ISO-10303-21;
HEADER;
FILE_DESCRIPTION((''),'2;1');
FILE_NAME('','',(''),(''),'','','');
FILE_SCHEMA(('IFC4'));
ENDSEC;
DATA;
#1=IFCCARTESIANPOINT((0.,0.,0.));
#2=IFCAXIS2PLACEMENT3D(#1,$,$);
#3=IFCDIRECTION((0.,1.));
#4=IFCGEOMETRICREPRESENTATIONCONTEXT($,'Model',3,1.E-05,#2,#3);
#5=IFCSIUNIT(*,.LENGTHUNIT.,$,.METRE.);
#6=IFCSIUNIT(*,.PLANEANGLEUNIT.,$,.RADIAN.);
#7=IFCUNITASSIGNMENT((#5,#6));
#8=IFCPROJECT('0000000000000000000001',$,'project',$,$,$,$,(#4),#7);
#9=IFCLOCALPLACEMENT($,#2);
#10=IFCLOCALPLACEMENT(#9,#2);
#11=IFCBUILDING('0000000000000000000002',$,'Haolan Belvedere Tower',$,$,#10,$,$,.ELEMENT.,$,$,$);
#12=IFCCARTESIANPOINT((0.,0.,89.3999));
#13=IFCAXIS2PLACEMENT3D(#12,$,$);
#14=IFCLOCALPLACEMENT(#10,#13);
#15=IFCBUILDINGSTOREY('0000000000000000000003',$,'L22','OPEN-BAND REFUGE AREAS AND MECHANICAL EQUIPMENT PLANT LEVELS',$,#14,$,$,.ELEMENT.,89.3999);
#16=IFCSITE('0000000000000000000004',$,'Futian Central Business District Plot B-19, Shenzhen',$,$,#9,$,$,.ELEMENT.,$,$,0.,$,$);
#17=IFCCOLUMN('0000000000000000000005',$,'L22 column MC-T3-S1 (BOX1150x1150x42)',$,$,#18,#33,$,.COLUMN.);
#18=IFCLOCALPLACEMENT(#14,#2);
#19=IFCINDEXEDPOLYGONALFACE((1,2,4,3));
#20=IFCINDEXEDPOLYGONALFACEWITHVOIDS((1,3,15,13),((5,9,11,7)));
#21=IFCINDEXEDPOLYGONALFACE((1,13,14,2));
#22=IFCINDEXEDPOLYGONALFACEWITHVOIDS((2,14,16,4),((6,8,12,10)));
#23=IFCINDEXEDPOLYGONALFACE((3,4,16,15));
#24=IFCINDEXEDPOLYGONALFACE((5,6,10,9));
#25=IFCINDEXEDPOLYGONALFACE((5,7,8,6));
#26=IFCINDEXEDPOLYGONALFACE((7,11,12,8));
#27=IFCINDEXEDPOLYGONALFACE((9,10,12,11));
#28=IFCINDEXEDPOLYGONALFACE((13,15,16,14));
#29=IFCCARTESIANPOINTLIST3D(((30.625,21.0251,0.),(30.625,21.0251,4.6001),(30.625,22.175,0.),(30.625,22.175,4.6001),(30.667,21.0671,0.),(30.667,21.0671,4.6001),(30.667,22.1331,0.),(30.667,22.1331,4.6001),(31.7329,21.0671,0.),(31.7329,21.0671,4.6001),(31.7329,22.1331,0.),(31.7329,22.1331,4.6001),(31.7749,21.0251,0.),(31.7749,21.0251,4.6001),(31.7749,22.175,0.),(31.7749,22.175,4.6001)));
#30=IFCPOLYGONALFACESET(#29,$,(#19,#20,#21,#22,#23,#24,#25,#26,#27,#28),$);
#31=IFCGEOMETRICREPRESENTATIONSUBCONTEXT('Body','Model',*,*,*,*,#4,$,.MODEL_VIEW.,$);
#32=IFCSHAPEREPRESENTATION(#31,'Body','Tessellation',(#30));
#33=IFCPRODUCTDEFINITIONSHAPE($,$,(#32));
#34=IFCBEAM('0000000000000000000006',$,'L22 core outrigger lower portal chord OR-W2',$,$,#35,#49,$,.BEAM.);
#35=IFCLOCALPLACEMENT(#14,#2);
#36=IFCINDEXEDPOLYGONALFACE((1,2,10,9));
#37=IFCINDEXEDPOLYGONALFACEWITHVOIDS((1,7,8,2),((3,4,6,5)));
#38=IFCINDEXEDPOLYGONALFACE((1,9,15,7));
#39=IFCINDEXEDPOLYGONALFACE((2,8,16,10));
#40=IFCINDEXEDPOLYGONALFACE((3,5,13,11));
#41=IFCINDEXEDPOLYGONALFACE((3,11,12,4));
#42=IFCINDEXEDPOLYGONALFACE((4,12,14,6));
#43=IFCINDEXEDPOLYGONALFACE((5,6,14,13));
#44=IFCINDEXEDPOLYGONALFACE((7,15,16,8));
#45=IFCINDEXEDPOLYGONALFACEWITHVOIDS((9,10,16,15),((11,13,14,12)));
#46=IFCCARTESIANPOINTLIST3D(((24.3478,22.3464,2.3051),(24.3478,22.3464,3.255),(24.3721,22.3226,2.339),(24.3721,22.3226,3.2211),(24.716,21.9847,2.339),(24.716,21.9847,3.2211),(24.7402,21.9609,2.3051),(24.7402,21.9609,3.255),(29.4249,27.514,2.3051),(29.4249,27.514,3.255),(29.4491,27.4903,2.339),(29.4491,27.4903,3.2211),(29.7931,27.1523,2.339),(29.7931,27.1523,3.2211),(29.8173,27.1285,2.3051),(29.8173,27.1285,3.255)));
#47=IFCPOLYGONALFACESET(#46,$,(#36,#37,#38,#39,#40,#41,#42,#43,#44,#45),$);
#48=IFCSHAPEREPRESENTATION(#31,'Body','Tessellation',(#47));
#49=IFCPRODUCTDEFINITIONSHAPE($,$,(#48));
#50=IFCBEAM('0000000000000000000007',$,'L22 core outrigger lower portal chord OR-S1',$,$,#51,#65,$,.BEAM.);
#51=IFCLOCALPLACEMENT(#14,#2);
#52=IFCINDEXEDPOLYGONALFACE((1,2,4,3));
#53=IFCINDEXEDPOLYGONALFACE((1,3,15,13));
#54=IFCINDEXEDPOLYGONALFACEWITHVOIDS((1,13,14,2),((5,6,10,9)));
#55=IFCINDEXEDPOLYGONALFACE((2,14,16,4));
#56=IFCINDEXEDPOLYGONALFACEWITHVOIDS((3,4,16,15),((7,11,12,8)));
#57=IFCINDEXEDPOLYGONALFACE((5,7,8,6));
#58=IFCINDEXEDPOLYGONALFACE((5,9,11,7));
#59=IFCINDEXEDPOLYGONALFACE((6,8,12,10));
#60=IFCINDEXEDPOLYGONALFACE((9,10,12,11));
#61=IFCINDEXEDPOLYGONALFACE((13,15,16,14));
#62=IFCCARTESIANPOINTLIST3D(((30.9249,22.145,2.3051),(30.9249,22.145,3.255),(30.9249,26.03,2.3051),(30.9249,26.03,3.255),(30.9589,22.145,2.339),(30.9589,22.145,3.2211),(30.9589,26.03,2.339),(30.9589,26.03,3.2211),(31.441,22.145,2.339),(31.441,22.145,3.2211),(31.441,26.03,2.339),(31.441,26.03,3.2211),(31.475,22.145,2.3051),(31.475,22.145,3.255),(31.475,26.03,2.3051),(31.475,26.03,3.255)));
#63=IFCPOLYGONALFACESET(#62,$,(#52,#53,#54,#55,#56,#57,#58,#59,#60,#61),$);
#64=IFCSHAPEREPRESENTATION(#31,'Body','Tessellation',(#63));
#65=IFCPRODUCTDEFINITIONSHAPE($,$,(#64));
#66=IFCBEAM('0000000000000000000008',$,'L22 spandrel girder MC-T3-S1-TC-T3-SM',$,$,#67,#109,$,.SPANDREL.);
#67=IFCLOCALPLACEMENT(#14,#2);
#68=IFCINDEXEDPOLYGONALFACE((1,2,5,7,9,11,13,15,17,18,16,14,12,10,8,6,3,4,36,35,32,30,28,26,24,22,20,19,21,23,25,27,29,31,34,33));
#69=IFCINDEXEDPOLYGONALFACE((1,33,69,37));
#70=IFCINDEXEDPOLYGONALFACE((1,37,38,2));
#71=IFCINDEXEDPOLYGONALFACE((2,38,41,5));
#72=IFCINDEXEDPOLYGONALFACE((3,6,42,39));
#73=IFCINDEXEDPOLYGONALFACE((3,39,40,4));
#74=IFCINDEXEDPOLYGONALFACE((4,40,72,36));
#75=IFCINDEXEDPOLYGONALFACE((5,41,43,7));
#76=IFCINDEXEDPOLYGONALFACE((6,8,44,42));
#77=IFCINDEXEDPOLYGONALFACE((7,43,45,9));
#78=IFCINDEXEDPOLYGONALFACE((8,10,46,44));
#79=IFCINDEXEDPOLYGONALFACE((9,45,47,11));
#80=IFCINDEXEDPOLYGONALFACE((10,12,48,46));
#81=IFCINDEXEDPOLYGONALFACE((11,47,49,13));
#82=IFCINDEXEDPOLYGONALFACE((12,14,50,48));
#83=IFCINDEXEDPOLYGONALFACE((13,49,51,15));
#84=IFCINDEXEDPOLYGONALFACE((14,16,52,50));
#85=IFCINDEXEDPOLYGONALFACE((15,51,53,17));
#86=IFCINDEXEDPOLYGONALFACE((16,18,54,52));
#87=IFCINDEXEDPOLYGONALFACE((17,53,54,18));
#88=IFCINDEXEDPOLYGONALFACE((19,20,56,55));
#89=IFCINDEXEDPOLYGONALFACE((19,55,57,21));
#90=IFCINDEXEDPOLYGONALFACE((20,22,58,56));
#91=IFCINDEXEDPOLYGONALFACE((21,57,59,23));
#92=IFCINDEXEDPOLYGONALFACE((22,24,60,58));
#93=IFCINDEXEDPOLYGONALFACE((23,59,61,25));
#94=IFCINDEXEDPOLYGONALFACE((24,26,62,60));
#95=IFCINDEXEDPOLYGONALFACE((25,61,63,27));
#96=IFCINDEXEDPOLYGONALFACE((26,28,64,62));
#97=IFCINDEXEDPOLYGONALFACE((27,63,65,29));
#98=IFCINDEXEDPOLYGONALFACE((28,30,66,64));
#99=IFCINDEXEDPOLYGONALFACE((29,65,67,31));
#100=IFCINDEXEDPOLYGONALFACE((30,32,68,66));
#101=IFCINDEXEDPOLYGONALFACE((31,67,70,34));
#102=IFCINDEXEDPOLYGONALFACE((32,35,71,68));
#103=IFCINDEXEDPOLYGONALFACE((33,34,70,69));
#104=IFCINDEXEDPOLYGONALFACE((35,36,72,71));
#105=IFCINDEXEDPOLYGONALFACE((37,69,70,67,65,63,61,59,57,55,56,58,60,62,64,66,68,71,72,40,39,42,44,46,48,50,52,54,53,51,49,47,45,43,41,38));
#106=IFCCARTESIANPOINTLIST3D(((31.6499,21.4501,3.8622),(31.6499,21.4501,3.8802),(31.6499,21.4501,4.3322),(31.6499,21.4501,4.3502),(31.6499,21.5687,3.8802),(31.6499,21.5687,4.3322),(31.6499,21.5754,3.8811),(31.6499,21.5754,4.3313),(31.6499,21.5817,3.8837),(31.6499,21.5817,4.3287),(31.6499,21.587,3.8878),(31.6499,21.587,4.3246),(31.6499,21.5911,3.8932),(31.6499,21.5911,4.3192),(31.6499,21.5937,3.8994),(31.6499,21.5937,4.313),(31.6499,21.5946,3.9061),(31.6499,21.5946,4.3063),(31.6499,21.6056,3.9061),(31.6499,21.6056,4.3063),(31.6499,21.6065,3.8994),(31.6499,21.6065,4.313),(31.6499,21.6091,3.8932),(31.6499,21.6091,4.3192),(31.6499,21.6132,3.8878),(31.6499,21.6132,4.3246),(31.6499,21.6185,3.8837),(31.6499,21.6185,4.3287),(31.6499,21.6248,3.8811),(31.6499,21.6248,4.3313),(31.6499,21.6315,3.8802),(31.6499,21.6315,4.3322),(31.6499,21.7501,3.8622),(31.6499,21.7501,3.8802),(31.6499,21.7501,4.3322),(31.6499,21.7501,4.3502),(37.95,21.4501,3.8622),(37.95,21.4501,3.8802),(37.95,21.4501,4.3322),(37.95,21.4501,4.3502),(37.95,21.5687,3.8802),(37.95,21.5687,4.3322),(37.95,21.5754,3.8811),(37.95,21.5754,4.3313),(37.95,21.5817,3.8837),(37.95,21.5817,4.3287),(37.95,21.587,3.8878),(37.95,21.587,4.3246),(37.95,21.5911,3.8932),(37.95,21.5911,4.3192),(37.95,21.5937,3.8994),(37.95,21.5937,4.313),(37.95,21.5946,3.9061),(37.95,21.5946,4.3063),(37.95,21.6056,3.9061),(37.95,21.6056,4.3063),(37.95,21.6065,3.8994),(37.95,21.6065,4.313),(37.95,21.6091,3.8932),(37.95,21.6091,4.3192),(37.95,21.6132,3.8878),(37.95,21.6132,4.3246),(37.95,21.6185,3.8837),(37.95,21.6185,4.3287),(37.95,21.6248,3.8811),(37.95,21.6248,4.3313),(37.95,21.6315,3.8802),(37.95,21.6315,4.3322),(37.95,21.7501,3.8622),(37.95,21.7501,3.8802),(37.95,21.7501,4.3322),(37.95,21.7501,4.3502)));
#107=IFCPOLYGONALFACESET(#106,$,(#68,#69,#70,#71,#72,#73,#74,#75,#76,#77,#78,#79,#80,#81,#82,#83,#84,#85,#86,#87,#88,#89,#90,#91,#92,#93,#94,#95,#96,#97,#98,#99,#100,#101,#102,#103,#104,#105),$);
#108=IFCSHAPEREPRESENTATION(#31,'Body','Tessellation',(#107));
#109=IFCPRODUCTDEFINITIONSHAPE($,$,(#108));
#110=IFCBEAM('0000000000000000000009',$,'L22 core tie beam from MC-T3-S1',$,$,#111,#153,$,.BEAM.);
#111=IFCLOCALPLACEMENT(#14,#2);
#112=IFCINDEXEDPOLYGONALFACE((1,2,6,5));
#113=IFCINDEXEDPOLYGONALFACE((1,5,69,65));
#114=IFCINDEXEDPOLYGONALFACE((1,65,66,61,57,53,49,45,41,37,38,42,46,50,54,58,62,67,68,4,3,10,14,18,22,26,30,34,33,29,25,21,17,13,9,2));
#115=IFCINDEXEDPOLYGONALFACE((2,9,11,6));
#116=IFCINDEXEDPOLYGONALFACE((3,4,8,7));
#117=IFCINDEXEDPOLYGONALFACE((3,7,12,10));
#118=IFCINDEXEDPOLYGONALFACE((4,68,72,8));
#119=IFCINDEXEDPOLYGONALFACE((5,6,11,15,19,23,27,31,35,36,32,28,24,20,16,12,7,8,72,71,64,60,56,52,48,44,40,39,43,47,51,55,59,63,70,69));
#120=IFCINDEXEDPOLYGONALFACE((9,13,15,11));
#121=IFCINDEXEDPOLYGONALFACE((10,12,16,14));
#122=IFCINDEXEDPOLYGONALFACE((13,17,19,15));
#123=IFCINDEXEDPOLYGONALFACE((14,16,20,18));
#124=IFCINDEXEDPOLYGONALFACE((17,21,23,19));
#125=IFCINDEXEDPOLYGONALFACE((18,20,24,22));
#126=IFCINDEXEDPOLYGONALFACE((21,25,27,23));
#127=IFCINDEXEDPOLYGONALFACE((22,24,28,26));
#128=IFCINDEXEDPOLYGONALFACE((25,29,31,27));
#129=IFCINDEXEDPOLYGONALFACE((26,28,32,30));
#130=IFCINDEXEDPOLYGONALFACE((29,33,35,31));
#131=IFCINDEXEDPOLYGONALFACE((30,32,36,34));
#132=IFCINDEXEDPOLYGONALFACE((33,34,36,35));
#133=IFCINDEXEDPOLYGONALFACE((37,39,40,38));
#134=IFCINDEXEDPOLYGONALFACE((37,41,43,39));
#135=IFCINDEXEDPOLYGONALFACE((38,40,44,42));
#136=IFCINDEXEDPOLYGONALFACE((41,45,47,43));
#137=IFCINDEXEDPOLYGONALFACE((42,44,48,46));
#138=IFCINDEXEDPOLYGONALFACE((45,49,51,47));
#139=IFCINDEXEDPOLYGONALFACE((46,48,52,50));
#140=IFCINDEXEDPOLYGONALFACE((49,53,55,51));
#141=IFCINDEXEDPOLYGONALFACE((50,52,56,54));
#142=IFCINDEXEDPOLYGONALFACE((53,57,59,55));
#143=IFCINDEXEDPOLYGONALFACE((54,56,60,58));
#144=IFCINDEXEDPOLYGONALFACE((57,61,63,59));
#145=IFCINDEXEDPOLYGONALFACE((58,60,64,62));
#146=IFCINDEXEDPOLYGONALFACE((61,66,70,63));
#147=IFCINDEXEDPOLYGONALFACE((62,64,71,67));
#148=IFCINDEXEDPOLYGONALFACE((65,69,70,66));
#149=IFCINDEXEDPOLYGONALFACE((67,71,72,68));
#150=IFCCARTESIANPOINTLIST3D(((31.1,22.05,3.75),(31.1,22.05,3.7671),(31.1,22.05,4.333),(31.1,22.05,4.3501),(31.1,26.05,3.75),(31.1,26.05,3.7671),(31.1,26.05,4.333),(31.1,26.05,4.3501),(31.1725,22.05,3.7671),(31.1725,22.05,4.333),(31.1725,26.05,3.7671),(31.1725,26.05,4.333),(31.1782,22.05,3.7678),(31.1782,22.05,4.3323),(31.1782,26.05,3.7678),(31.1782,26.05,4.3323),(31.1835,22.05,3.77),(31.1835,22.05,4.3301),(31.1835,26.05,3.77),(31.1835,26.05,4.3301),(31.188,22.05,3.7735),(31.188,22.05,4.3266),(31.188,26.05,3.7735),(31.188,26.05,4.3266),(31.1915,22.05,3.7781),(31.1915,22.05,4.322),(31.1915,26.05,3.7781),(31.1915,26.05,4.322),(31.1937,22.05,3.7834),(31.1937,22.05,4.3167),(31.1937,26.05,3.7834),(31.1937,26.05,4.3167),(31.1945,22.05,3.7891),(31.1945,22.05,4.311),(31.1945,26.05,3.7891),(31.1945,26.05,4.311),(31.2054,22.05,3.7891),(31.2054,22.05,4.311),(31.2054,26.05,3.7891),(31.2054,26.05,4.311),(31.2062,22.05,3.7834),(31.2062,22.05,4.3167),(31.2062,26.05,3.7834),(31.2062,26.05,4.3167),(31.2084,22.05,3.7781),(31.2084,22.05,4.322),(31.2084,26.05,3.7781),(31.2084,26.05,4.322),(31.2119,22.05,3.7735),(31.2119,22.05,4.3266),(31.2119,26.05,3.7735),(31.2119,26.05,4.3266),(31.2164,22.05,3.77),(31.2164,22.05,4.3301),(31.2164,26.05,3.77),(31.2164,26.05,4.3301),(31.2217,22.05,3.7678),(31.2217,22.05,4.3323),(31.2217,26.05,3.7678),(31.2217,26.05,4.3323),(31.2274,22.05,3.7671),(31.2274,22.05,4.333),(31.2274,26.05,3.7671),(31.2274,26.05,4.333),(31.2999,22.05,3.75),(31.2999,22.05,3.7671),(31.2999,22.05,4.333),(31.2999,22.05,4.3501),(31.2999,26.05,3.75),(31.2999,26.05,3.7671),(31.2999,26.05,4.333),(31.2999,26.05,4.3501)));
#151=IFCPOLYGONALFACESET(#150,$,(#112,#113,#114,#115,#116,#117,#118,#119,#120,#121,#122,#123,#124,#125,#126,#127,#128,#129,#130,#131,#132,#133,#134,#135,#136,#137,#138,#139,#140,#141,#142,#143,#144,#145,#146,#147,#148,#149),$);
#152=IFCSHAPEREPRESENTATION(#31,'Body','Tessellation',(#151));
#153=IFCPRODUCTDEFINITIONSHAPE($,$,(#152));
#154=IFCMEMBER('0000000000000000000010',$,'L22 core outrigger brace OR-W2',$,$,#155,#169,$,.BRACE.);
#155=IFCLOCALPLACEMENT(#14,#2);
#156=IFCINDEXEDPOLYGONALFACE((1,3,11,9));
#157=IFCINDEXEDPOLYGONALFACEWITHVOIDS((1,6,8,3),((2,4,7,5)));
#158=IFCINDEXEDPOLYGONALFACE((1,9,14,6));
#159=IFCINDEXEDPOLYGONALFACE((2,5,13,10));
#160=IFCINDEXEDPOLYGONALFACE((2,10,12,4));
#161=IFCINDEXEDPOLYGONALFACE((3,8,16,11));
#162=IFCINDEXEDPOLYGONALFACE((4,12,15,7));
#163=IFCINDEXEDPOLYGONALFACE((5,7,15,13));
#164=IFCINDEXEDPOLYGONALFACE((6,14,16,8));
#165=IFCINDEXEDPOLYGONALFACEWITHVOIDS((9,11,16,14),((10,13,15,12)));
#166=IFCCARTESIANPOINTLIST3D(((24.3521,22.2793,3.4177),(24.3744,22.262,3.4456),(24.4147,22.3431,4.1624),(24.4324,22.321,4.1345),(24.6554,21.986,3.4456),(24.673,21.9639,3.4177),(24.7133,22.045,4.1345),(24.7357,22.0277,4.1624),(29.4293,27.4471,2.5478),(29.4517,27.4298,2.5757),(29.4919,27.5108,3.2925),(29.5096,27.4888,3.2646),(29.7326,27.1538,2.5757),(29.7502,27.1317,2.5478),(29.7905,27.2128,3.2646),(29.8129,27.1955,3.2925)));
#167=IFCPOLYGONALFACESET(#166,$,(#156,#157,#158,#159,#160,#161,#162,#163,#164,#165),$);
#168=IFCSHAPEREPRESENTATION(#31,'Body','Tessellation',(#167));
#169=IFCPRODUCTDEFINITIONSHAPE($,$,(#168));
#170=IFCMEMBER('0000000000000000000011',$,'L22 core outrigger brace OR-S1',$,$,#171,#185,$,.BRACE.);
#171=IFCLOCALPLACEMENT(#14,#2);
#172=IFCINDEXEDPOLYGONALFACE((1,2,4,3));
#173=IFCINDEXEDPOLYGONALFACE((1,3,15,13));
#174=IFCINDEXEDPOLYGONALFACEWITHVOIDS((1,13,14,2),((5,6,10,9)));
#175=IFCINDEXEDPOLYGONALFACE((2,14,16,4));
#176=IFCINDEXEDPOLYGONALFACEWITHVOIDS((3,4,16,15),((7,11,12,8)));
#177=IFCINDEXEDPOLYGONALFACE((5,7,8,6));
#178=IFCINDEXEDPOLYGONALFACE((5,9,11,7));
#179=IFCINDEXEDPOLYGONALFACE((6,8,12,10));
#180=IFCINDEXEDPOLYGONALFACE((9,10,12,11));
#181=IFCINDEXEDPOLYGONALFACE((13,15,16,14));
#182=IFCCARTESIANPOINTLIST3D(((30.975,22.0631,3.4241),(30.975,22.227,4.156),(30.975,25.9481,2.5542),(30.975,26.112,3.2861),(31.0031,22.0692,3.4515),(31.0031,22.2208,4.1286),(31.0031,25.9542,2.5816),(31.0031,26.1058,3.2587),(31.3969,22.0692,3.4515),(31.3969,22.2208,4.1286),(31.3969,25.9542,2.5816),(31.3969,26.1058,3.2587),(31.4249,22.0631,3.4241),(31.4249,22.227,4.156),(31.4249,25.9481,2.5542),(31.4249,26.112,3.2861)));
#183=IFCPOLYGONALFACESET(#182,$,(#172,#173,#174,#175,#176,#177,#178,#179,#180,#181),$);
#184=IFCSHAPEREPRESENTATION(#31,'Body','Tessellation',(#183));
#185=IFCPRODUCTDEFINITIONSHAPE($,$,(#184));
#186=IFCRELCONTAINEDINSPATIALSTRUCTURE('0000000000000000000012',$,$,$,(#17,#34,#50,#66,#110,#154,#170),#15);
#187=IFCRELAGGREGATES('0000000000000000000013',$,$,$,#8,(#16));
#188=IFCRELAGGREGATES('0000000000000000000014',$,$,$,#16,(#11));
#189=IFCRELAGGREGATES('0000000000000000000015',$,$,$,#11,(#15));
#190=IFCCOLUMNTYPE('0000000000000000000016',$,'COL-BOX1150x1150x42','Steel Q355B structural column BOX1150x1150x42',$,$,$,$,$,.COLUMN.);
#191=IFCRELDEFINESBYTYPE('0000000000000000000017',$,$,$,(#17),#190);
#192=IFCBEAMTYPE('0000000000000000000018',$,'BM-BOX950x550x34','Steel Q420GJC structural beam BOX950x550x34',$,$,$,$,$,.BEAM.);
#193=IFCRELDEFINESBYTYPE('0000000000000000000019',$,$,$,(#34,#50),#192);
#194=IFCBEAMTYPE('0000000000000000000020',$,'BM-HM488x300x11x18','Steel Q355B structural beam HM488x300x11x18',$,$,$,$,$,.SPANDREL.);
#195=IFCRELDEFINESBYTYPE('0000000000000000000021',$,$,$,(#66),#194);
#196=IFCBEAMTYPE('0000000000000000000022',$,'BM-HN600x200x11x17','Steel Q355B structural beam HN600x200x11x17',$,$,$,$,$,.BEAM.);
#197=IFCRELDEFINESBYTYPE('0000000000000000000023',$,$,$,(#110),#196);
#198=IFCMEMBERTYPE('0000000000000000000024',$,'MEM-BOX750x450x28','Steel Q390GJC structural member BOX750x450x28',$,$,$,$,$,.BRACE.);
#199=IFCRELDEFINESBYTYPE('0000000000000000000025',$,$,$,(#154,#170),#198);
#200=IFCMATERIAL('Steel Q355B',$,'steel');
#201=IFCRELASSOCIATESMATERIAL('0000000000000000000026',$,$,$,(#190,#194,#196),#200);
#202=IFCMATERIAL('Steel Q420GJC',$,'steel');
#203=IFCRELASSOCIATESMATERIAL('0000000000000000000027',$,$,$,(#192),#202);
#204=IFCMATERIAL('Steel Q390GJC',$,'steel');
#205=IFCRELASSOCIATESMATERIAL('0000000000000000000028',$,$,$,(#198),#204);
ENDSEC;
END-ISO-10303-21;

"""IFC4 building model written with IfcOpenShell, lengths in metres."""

from ifc_helpers import new_model, si_unit, direction, frame, origin, origin_2d, place, context, subcontext, project, spatial, hollow_rectangle, i_section, extrude, material, material_profile, profile_set, type_object, element, save


model = new_model("IFC4")

# Units and contexts
model_context = context("Model", 3, precision=1e-05, world=origin(), true_north=direction((0.0, 1.0)))
body_context = subcontext(model_context, "Body", "Model", "MODEL_VIEW")
ifc_project = project(units=[si_unit("LENGTHUNIT", "METRE"), si_unit("PLANEANGLEUNIT", "RADIAN")], contexts=[model_context])

# Site, building, storey
site_placement = place(None, origin())
site = spatial("IfcSite", under=ifc_project, at=site_placement, Name="Futian Central Business District Plot B-19, Shenzhen", CompositionType="ELEMENT", RefElevation=0.0)
building_placement = place(site_placement, origin())
building = spatial("IfcBuilding", under=site, at=building_placement, Name="Haolan Belvedere Tower", CompositionType="ELEMENT")
storey_placement = place(building_placement, frame((0.0, 0.0, 89.3999)))
storey = spatial("IfcBuildingStorey", under=building, at=storey_placement, Name="L22", Description="OPEN-BAND REFUGE AREAS AND MECHANICAL EQUIPMENT PLANT LEVELS", CompositionType="ELEMENT", Elevation=89.3999)

# Column
ifc_material_1 = material(Name="Steel Q355B", Category="steel")
ifc_material_profile_1 = material_profile(ifc_material_1, hollow_rectangle(XDim=1.1499, YDim=1.1499, WallThickness=0.042, at=origin_2d()), Name="Steel Q355B")
ifc_profile_set_1 = profile_set([ifc_material_profile_1], Name="Steel Q355B")
column_type = type_object("IfcColumnType", Name="COL-BOX1150x1150x42", Description="Steel Q355B structural column BOX1150x1150x42", PredefinedType="COLUMN", material=ifc_profile_set_1)
column_placement = place(storey_placement, frame((31.2, 21.6001, 0.0), z_axis=(0.0, 0.0, 1.0), x_axis=(1.0, 0.0, 0.0)))
element("IfcColumn", 1, at=column_placement, inside=storey, type_object=column_type, Name="L22 column MC-T3-S1 (BOX1150x1150x42)", PredefinedType="COLUMN", context=body_context, shape_type="SweptSolid", body=[
    extrude(hollow_rectangle(XDim=1.1499, YDim=1.1499, WallThickness=0.042, at=origin_2d()), origin(), (0.0, 0.0, 1.0), 4.6001),
])

# Beams
ifc_material_2 = material(Name="Steel Q420GJC", Category="steel")
ifc_material_profile_2 = material_profile(ifc_material_2, hollow_rectangle(XDim=0.55, YDim=0.95, WallThickness=0.0339, at=origin_2d()), Name="Steel Q420GJC")
ifc_profile_set_2 = profile_set([ifc_material_profile_2], Name="Steel Q420GJC")
beam_type_1 = type_object("IfcBeamType", Name="BM-BOX950x550x34", Description="Steel Q420GJC structural beam BOX950x550x34", PredefinedType="BEAM", material=ifc_profile_set_2)
beam_1_placement = place(storey_placement, frame((29.6211, 27.3213, 2.78), z_axis=(-0.700828, -0.713331, 0.0), x_axis=(0.713331, -0.700828, 0.0)))
element("IfcBeam", 2, at=beam_1_placement, inside=storey, type_object=beam_type_1, Name="L22 core outrigger lower portal chord OR-W2", PredefinedType="BEAM", context=body_context, shape_type="SweptSolid", body=[
    extrude(hollow_rectangle(XDim=0.55, YDim=0.95, WallThickness=0.0339, at=origin_2d()), origin(), (0.0, 0.0, 1.0), 7.2444),
])
beam_2_placement = place(storey_placement, frame((31.2, 26.03, 2.78), z_axis=(0.0, -1.0, 0.0), x_axis=(1.0, 0.0, 0.0)))
element("IfcBeam", 3, at=beam_2_placement, inside=storey, type_object=beam_type_1, Name="L22 core outrigger lower portal chord OR-S1", PredefinedType="BEAM", context=body_context, shape_type="SweptSolid", body=[
    extrude(hollow_rectangle(XDim=0.55, YDim=0.95, WallThickness=0.0339, at=origin_2d()), origin(), (0.0, 0.0, 1.0), 3.885),
])
ifc_material_profile_3 = material_profile(ifc_material_1, i_section(OverallWidth=0.3, OverallDepth=0.488, WebThickness=0.011, FlangeThickness=0.0181, FilletRadius=0.0259, at=origin_2d()), Name="Steel Q355B")
ifc_profile_set_3 = profile_set([ifc_material_profile_3], Name="Steel Q355B")
beam_type_2 = type_object("IfcBeamType", Name="BM-HM488x300x11x18", Description="Steel Q355B structural beam HM488x300x11x18", PredefinedType="SPANDREL", material=ifc_profile_set_3)
beam_3_placement = place(storey_placement, frame((31.6499, 21.6001, 4.1062), z_axis=(1.0, 0.0, 0.0), x_axis=(0.0, 1.0, 0.0)))
element("IfcBeam", 4, at=beam_3_placement, inside=storey, type_object=beam_type_2, Name="L22 spandrel girder MC-T3-S1-TC-T3-SM", PredefinedType="SPANDREL", context=body_context, shape_type="SweptSolid", body=[
    extrude(i_section(OverallWidth=0.3, OverallDepth=0.488, WebThickness=0.011, FlangeThickness=0.0181, FilletRadius=0.0259, at=origin_2d()), origin(), (0.0, 0.0, 1.0), 6.3),
])
ifc_material_profile_4 = material_profile(ifc_material_1, i_section(OverallWidth=0.2, OverallDepth=0.6001, WebThickness=0.011, FlangeThickness=0.0171, FilletRadius=0.022, at=origin_2d()), Name="Steel Q355B")
ifc_profile_set_4 = profile_set([ifc_material_profile_4], Name="Steel Q355B")
beam_type_3 = type_object("IfcBeamType", Name="BM-HN600x200x11x17", Description="Steel Q355B structural beam HN600x200x11x17", PredefinedType="BEAM", material=ifc_profile_set_4)
beam_4_placement = place(storey_placement, frame((31.2, 22.05, 4.05), z_axis=(0.0, 1.0, 0.0), x_axis=(-1.0, 0.0, 0.0)))
element("IfcBeam", 5, at=beam_4_placement, inside=storey, type_object=beam_type_3, Name="L22 core tie beam from MC-T3-S1", PredefinedType="BEAM", context=body_context, shape_type="SweptSolid", body=[
    extrude(i_section(OverallWidth=0.2, OverallDepth=0.6001, WebThickness=0.011, FlangeThickness=0.0171, FilletRadius=0.022, at=origin_2d()), origin(), (0.0, 0.0, 1.0), 4.0),
])

# Members
ifc_material_3 = material(Name="Steel Q390GJC", Category="steel")
ifc_material_profile_5 = material_profile(ifc_material_3, hollow_rectangle(XDim=0.45, YDim=0.75, WallThickness=0.0281, at=origin_2d()), Name="Steel Q390GJC")
ifc_profile_set_5 = profile_set([ifc_material_profile_5], Name="Steel Q390GJC")
member_type = type_object("IfcMemberType", Name="MEM-BOX750x450x28", Description="Steel Q390GJC structural member BOX750x450x28", PredefinedType="BRACE", material=ifc_profile_set_5)
member_1_placement = place(storey_placement, frame((29.6211, 27.3213, 2.9202), z_axis=(-0.69583, -0.708243, 0.119217), x_axis=(0.713331, -0.700828, 0.0)))
element("IfcMember", 6, at=member_1_placement, inside=storey, type_object=member_type, Name="L22 core outrigger brace OR-W2", PredefinedType="BRACE", context=body_context, shape_type="SweptSolid", body=[
    extrude(hollow_rectangle(XDim=0.45, YDim=0.75, WallThickness=0.0281, at=origin_2d()), origin(), (0.0, 0.0, 1.0), 7.2966),
])
member_2_placement = place(storey_placement, frame((31.2, 26.03, 2.9202), z_axis=(0.0, -0.975838, 0.218495), x_axis=(1.0, 0.0, 0.0)))
element("IfcMember", 7, at=member_2_placement, inside=storey, type_object=member_type, Name="L22 core outrigger brace OR-S1", PredefinedType="BRACE", context=body_context, shape_type="SweptSolid", body=[
    extrude(hollow_rectangle(XDim=0.45, YDim=0.75, WallThickness=0.0281, at=origin_2d()), origin(), (0.0, 0.0, 1.0), 3.9812),
])

save(model, "model.ifc")
